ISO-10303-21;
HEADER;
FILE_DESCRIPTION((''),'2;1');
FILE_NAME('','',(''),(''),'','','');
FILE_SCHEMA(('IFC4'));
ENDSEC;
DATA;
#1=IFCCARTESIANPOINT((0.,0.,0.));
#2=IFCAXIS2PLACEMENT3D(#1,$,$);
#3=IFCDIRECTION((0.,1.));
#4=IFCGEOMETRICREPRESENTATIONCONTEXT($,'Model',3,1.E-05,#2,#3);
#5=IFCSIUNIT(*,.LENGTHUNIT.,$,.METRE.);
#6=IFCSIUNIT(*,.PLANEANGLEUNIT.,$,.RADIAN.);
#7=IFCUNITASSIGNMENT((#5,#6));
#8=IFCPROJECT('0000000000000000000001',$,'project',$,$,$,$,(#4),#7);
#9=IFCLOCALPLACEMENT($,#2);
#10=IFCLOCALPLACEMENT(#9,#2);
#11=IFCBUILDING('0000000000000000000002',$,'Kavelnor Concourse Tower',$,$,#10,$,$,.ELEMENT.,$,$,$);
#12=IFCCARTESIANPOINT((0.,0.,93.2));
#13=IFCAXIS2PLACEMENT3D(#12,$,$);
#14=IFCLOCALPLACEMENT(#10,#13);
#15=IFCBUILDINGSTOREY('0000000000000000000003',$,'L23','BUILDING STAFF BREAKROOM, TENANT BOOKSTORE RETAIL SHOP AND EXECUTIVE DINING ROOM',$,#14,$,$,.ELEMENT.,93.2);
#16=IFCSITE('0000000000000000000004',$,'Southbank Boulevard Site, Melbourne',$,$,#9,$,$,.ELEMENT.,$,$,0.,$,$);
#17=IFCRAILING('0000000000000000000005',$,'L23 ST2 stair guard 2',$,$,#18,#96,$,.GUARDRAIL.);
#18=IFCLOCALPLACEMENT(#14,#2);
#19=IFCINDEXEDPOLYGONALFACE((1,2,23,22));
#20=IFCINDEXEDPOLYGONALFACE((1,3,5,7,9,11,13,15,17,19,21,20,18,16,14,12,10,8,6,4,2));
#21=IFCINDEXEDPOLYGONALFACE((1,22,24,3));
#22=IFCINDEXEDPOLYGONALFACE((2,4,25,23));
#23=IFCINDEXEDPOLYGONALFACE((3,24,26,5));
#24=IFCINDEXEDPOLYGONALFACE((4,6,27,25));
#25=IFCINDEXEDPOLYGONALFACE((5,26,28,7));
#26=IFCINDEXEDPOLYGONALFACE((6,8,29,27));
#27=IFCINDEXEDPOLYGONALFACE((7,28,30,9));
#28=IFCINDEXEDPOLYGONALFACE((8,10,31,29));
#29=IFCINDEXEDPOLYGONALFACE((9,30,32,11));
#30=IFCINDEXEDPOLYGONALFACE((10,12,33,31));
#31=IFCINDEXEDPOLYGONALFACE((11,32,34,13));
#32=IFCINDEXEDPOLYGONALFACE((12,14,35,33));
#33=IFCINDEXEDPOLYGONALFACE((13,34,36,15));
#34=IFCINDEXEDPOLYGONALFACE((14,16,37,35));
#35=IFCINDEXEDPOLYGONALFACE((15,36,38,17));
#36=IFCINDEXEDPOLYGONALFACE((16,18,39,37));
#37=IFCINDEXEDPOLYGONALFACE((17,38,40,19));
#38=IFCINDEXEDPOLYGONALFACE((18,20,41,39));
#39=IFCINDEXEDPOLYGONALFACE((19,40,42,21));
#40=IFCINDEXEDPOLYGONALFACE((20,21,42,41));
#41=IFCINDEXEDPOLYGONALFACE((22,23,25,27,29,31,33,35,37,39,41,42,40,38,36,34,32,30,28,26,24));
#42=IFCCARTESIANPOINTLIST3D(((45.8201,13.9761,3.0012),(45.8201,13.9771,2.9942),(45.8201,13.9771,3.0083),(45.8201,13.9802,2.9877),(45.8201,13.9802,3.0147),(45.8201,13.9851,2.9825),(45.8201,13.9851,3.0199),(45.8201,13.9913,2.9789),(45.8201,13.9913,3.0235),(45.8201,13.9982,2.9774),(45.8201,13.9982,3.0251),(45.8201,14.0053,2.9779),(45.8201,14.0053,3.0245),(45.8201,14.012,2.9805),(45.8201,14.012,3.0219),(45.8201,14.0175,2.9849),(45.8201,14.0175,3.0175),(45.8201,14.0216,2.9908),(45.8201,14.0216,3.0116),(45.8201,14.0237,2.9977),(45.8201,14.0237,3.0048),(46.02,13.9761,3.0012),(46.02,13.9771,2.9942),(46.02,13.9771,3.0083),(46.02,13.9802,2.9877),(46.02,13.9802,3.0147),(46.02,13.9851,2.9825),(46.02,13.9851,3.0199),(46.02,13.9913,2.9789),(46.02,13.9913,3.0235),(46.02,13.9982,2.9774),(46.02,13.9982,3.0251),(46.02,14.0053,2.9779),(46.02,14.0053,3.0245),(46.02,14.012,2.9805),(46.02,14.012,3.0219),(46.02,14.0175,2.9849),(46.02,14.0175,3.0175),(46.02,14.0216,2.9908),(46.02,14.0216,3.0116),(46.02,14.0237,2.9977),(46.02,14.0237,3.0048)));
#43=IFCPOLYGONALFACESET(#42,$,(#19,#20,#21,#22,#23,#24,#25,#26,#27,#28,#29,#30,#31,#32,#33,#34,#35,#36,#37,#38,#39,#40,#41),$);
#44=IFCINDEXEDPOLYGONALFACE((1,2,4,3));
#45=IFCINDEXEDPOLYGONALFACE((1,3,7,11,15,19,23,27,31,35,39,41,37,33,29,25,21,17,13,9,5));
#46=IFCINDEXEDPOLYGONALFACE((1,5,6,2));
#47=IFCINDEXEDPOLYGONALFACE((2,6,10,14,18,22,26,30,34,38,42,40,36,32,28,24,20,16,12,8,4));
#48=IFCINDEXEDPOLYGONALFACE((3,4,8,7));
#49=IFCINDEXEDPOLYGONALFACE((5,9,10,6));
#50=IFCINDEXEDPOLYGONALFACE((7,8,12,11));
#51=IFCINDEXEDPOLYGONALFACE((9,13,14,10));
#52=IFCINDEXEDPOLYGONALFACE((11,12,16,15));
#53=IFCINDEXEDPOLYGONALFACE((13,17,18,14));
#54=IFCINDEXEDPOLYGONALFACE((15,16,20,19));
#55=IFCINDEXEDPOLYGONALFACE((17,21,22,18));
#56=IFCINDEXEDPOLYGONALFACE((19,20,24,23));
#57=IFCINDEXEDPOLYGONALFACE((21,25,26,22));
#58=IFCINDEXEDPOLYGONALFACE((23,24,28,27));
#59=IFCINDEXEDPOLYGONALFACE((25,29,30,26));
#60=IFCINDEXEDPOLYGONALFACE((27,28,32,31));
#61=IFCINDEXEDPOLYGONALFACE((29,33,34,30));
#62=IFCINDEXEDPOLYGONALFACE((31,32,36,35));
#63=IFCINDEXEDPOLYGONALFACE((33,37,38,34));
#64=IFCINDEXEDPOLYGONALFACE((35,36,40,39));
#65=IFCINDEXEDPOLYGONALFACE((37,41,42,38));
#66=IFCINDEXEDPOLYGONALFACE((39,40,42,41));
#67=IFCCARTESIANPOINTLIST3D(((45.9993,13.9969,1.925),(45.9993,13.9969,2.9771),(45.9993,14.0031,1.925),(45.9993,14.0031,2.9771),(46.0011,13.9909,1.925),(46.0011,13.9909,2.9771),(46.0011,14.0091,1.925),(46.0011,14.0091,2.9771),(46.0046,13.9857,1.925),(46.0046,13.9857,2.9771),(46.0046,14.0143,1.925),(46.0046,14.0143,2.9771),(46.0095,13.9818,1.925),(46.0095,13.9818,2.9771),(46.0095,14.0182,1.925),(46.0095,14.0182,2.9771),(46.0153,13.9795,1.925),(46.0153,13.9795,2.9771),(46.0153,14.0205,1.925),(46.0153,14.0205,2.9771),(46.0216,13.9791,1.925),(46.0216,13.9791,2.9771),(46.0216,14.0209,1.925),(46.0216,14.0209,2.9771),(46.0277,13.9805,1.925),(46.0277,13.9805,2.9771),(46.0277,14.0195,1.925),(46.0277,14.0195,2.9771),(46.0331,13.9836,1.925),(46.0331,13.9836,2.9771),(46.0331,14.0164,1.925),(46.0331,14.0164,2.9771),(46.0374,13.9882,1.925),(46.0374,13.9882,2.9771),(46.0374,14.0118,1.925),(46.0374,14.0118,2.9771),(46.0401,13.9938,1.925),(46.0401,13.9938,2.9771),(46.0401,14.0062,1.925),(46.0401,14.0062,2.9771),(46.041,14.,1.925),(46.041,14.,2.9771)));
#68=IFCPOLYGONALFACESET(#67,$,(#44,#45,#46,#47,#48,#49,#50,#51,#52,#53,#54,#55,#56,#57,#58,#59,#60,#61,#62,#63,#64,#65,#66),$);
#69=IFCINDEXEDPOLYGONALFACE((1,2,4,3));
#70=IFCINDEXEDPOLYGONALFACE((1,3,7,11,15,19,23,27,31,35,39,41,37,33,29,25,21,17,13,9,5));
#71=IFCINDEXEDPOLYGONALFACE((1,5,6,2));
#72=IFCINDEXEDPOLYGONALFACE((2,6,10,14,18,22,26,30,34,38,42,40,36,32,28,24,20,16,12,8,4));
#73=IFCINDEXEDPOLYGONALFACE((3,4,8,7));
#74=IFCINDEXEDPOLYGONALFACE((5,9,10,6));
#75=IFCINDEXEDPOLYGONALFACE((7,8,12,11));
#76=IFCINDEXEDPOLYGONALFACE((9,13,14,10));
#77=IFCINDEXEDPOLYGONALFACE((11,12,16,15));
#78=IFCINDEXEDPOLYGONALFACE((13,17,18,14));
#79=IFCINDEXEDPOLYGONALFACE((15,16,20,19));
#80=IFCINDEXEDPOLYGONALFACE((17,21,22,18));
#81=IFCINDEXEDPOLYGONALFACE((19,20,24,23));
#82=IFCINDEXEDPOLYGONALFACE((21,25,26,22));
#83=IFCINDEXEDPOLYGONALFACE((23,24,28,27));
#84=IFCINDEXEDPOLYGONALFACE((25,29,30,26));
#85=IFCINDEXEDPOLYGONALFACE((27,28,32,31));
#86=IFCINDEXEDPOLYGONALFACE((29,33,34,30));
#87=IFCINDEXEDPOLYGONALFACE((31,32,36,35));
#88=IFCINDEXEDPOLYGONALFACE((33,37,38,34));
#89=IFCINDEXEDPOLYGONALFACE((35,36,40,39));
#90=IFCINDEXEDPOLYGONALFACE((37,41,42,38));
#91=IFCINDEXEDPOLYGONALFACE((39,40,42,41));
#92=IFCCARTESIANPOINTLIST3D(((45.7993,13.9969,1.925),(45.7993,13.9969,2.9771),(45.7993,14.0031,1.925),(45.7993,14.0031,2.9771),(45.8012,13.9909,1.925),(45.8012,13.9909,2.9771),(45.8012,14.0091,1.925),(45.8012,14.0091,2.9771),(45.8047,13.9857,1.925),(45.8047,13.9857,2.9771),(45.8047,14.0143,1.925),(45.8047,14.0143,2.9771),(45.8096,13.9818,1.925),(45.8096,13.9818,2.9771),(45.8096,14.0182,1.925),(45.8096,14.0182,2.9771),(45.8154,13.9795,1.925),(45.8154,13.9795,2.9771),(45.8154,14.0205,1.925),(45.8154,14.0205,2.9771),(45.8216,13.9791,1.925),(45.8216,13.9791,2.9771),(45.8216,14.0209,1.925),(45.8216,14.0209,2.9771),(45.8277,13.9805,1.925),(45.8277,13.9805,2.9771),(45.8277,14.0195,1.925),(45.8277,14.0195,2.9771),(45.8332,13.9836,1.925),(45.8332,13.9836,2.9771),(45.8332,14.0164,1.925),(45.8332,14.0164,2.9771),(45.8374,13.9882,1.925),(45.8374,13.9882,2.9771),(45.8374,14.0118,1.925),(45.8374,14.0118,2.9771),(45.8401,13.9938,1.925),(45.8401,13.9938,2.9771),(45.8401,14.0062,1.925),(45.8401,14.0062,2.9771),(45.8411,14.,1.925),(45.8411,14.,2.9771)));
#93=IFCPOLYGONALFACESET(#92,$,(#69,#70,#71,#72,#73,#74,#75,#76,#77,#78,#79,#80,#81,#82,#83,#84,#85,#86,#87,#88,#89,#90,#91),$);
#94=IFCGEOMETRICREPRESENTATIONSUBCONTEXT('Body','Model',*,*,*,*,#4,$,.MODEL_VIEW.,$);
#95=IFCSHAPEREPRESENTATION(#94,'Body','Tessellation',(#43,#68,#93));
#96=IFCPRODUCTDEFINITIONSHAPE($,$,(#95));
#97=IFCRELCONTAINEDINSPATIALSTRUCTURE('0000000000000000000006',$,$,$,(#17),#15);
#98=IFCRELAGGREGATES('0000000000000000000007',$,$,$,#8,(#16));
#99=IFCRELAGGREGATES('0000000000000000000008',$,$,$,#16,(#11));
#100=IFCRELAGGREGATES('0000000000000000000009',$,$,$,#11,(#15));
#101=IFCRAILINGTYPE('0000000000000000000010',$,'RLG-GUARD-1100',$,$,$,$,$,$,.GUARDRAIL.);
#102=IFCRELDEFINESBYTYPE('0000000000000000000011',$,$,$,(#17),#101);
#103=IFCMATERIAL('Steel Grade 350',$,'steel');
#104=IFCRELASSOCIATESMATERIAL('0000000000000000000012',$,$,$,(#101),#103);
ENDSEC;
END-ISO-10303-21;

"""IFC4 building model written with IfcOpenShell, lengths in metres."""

from ifc_helpers import new_model, si_unit, direction, frame, origin, origin_2d, place, context, subcontext, project, spatial, circle, extrude, material, type_object, element, save


model = new_model("IFC4")

# Units and contexts
model_context = context("Model", 3, precision=1e-05, world=origin(), true_north=direction((0.0, 1.0)))
body_context = subcontext(model_context, "Body", "Model", "MODEL_VIEW")
ifc_project = project(units=[si_unit("LENGTHUNIT", "METRE"), si_unit("PLANEANGLEUNIT", "RADIAN")], contexts=[model_context])

# Site, building, storey
site_placement = place(None, origin())
site = spatial("IfcSite", under=ifc_project, at=site_placement, Name="Southbank Boulevard Site, Melbourne", CompositionType="ELEMENT", RefElevation=0.0)
building_placement = place(site_placement, origin())
building = spatial("IfcBuilding", under=site, at=building_placement, Name="Kavelnor Concourse Tower", CompositionType="ELEMENT")
storey_placement = place(building_placement, frame((0.0, 0.0, 93.2)))
storey = spatial("IfcBuildingStorey", under=building, at=storey_placement, Name="L23", Description="BUILDING STAFF BREAKROOM, TENANT BOOKSTORE RETAIL SHOP AND EXECUTIVE DINING ROOM", CompositionType="ELEMENT", Elevation=93.2)

# Shared definitions
ifc_material_1 = material(Name="Steel Grade 350", Category="steel")

# Railing
railing_type_1 = type_object("IfcRailingType", Name="RLG-GUARD-1100", PredefinedType="GUARDRAIL", material=ifc_material_1)
railing_1_placement = place(storey_placement, frame((46.02, 14.0, 1.925)))
element("IfcRailing", 1, at=railing_1_placement, inside=storey, type_object=railing_type_1, Name="L23 ST2 stair guard 2", PredefinedType="GUARDRAIL", context=body_context, shape_type="SweptSolid", body=[
    extrude(circle(Radius=0.0239, at=origin_2d()), frame((0.0, 0.0, 1.0762), z_axis=(-1.0, 0.0, 0.0), x_axis=(0.0, -1.0, 0.0)), (0.0, 0.0, 1.0), 0.2),
    extrude(circle(Radius=0.021, at=origin_2d()), origin(), (0.0, 0.0, 1.0), 1.052),
    extrude(circle(Radius=0.021, at=origin_2d()), frame((-0.2, 0.0, 0.0)), (0.0, 0.0, 1.0), 1.052),
])

save(model, "model.ifc")
